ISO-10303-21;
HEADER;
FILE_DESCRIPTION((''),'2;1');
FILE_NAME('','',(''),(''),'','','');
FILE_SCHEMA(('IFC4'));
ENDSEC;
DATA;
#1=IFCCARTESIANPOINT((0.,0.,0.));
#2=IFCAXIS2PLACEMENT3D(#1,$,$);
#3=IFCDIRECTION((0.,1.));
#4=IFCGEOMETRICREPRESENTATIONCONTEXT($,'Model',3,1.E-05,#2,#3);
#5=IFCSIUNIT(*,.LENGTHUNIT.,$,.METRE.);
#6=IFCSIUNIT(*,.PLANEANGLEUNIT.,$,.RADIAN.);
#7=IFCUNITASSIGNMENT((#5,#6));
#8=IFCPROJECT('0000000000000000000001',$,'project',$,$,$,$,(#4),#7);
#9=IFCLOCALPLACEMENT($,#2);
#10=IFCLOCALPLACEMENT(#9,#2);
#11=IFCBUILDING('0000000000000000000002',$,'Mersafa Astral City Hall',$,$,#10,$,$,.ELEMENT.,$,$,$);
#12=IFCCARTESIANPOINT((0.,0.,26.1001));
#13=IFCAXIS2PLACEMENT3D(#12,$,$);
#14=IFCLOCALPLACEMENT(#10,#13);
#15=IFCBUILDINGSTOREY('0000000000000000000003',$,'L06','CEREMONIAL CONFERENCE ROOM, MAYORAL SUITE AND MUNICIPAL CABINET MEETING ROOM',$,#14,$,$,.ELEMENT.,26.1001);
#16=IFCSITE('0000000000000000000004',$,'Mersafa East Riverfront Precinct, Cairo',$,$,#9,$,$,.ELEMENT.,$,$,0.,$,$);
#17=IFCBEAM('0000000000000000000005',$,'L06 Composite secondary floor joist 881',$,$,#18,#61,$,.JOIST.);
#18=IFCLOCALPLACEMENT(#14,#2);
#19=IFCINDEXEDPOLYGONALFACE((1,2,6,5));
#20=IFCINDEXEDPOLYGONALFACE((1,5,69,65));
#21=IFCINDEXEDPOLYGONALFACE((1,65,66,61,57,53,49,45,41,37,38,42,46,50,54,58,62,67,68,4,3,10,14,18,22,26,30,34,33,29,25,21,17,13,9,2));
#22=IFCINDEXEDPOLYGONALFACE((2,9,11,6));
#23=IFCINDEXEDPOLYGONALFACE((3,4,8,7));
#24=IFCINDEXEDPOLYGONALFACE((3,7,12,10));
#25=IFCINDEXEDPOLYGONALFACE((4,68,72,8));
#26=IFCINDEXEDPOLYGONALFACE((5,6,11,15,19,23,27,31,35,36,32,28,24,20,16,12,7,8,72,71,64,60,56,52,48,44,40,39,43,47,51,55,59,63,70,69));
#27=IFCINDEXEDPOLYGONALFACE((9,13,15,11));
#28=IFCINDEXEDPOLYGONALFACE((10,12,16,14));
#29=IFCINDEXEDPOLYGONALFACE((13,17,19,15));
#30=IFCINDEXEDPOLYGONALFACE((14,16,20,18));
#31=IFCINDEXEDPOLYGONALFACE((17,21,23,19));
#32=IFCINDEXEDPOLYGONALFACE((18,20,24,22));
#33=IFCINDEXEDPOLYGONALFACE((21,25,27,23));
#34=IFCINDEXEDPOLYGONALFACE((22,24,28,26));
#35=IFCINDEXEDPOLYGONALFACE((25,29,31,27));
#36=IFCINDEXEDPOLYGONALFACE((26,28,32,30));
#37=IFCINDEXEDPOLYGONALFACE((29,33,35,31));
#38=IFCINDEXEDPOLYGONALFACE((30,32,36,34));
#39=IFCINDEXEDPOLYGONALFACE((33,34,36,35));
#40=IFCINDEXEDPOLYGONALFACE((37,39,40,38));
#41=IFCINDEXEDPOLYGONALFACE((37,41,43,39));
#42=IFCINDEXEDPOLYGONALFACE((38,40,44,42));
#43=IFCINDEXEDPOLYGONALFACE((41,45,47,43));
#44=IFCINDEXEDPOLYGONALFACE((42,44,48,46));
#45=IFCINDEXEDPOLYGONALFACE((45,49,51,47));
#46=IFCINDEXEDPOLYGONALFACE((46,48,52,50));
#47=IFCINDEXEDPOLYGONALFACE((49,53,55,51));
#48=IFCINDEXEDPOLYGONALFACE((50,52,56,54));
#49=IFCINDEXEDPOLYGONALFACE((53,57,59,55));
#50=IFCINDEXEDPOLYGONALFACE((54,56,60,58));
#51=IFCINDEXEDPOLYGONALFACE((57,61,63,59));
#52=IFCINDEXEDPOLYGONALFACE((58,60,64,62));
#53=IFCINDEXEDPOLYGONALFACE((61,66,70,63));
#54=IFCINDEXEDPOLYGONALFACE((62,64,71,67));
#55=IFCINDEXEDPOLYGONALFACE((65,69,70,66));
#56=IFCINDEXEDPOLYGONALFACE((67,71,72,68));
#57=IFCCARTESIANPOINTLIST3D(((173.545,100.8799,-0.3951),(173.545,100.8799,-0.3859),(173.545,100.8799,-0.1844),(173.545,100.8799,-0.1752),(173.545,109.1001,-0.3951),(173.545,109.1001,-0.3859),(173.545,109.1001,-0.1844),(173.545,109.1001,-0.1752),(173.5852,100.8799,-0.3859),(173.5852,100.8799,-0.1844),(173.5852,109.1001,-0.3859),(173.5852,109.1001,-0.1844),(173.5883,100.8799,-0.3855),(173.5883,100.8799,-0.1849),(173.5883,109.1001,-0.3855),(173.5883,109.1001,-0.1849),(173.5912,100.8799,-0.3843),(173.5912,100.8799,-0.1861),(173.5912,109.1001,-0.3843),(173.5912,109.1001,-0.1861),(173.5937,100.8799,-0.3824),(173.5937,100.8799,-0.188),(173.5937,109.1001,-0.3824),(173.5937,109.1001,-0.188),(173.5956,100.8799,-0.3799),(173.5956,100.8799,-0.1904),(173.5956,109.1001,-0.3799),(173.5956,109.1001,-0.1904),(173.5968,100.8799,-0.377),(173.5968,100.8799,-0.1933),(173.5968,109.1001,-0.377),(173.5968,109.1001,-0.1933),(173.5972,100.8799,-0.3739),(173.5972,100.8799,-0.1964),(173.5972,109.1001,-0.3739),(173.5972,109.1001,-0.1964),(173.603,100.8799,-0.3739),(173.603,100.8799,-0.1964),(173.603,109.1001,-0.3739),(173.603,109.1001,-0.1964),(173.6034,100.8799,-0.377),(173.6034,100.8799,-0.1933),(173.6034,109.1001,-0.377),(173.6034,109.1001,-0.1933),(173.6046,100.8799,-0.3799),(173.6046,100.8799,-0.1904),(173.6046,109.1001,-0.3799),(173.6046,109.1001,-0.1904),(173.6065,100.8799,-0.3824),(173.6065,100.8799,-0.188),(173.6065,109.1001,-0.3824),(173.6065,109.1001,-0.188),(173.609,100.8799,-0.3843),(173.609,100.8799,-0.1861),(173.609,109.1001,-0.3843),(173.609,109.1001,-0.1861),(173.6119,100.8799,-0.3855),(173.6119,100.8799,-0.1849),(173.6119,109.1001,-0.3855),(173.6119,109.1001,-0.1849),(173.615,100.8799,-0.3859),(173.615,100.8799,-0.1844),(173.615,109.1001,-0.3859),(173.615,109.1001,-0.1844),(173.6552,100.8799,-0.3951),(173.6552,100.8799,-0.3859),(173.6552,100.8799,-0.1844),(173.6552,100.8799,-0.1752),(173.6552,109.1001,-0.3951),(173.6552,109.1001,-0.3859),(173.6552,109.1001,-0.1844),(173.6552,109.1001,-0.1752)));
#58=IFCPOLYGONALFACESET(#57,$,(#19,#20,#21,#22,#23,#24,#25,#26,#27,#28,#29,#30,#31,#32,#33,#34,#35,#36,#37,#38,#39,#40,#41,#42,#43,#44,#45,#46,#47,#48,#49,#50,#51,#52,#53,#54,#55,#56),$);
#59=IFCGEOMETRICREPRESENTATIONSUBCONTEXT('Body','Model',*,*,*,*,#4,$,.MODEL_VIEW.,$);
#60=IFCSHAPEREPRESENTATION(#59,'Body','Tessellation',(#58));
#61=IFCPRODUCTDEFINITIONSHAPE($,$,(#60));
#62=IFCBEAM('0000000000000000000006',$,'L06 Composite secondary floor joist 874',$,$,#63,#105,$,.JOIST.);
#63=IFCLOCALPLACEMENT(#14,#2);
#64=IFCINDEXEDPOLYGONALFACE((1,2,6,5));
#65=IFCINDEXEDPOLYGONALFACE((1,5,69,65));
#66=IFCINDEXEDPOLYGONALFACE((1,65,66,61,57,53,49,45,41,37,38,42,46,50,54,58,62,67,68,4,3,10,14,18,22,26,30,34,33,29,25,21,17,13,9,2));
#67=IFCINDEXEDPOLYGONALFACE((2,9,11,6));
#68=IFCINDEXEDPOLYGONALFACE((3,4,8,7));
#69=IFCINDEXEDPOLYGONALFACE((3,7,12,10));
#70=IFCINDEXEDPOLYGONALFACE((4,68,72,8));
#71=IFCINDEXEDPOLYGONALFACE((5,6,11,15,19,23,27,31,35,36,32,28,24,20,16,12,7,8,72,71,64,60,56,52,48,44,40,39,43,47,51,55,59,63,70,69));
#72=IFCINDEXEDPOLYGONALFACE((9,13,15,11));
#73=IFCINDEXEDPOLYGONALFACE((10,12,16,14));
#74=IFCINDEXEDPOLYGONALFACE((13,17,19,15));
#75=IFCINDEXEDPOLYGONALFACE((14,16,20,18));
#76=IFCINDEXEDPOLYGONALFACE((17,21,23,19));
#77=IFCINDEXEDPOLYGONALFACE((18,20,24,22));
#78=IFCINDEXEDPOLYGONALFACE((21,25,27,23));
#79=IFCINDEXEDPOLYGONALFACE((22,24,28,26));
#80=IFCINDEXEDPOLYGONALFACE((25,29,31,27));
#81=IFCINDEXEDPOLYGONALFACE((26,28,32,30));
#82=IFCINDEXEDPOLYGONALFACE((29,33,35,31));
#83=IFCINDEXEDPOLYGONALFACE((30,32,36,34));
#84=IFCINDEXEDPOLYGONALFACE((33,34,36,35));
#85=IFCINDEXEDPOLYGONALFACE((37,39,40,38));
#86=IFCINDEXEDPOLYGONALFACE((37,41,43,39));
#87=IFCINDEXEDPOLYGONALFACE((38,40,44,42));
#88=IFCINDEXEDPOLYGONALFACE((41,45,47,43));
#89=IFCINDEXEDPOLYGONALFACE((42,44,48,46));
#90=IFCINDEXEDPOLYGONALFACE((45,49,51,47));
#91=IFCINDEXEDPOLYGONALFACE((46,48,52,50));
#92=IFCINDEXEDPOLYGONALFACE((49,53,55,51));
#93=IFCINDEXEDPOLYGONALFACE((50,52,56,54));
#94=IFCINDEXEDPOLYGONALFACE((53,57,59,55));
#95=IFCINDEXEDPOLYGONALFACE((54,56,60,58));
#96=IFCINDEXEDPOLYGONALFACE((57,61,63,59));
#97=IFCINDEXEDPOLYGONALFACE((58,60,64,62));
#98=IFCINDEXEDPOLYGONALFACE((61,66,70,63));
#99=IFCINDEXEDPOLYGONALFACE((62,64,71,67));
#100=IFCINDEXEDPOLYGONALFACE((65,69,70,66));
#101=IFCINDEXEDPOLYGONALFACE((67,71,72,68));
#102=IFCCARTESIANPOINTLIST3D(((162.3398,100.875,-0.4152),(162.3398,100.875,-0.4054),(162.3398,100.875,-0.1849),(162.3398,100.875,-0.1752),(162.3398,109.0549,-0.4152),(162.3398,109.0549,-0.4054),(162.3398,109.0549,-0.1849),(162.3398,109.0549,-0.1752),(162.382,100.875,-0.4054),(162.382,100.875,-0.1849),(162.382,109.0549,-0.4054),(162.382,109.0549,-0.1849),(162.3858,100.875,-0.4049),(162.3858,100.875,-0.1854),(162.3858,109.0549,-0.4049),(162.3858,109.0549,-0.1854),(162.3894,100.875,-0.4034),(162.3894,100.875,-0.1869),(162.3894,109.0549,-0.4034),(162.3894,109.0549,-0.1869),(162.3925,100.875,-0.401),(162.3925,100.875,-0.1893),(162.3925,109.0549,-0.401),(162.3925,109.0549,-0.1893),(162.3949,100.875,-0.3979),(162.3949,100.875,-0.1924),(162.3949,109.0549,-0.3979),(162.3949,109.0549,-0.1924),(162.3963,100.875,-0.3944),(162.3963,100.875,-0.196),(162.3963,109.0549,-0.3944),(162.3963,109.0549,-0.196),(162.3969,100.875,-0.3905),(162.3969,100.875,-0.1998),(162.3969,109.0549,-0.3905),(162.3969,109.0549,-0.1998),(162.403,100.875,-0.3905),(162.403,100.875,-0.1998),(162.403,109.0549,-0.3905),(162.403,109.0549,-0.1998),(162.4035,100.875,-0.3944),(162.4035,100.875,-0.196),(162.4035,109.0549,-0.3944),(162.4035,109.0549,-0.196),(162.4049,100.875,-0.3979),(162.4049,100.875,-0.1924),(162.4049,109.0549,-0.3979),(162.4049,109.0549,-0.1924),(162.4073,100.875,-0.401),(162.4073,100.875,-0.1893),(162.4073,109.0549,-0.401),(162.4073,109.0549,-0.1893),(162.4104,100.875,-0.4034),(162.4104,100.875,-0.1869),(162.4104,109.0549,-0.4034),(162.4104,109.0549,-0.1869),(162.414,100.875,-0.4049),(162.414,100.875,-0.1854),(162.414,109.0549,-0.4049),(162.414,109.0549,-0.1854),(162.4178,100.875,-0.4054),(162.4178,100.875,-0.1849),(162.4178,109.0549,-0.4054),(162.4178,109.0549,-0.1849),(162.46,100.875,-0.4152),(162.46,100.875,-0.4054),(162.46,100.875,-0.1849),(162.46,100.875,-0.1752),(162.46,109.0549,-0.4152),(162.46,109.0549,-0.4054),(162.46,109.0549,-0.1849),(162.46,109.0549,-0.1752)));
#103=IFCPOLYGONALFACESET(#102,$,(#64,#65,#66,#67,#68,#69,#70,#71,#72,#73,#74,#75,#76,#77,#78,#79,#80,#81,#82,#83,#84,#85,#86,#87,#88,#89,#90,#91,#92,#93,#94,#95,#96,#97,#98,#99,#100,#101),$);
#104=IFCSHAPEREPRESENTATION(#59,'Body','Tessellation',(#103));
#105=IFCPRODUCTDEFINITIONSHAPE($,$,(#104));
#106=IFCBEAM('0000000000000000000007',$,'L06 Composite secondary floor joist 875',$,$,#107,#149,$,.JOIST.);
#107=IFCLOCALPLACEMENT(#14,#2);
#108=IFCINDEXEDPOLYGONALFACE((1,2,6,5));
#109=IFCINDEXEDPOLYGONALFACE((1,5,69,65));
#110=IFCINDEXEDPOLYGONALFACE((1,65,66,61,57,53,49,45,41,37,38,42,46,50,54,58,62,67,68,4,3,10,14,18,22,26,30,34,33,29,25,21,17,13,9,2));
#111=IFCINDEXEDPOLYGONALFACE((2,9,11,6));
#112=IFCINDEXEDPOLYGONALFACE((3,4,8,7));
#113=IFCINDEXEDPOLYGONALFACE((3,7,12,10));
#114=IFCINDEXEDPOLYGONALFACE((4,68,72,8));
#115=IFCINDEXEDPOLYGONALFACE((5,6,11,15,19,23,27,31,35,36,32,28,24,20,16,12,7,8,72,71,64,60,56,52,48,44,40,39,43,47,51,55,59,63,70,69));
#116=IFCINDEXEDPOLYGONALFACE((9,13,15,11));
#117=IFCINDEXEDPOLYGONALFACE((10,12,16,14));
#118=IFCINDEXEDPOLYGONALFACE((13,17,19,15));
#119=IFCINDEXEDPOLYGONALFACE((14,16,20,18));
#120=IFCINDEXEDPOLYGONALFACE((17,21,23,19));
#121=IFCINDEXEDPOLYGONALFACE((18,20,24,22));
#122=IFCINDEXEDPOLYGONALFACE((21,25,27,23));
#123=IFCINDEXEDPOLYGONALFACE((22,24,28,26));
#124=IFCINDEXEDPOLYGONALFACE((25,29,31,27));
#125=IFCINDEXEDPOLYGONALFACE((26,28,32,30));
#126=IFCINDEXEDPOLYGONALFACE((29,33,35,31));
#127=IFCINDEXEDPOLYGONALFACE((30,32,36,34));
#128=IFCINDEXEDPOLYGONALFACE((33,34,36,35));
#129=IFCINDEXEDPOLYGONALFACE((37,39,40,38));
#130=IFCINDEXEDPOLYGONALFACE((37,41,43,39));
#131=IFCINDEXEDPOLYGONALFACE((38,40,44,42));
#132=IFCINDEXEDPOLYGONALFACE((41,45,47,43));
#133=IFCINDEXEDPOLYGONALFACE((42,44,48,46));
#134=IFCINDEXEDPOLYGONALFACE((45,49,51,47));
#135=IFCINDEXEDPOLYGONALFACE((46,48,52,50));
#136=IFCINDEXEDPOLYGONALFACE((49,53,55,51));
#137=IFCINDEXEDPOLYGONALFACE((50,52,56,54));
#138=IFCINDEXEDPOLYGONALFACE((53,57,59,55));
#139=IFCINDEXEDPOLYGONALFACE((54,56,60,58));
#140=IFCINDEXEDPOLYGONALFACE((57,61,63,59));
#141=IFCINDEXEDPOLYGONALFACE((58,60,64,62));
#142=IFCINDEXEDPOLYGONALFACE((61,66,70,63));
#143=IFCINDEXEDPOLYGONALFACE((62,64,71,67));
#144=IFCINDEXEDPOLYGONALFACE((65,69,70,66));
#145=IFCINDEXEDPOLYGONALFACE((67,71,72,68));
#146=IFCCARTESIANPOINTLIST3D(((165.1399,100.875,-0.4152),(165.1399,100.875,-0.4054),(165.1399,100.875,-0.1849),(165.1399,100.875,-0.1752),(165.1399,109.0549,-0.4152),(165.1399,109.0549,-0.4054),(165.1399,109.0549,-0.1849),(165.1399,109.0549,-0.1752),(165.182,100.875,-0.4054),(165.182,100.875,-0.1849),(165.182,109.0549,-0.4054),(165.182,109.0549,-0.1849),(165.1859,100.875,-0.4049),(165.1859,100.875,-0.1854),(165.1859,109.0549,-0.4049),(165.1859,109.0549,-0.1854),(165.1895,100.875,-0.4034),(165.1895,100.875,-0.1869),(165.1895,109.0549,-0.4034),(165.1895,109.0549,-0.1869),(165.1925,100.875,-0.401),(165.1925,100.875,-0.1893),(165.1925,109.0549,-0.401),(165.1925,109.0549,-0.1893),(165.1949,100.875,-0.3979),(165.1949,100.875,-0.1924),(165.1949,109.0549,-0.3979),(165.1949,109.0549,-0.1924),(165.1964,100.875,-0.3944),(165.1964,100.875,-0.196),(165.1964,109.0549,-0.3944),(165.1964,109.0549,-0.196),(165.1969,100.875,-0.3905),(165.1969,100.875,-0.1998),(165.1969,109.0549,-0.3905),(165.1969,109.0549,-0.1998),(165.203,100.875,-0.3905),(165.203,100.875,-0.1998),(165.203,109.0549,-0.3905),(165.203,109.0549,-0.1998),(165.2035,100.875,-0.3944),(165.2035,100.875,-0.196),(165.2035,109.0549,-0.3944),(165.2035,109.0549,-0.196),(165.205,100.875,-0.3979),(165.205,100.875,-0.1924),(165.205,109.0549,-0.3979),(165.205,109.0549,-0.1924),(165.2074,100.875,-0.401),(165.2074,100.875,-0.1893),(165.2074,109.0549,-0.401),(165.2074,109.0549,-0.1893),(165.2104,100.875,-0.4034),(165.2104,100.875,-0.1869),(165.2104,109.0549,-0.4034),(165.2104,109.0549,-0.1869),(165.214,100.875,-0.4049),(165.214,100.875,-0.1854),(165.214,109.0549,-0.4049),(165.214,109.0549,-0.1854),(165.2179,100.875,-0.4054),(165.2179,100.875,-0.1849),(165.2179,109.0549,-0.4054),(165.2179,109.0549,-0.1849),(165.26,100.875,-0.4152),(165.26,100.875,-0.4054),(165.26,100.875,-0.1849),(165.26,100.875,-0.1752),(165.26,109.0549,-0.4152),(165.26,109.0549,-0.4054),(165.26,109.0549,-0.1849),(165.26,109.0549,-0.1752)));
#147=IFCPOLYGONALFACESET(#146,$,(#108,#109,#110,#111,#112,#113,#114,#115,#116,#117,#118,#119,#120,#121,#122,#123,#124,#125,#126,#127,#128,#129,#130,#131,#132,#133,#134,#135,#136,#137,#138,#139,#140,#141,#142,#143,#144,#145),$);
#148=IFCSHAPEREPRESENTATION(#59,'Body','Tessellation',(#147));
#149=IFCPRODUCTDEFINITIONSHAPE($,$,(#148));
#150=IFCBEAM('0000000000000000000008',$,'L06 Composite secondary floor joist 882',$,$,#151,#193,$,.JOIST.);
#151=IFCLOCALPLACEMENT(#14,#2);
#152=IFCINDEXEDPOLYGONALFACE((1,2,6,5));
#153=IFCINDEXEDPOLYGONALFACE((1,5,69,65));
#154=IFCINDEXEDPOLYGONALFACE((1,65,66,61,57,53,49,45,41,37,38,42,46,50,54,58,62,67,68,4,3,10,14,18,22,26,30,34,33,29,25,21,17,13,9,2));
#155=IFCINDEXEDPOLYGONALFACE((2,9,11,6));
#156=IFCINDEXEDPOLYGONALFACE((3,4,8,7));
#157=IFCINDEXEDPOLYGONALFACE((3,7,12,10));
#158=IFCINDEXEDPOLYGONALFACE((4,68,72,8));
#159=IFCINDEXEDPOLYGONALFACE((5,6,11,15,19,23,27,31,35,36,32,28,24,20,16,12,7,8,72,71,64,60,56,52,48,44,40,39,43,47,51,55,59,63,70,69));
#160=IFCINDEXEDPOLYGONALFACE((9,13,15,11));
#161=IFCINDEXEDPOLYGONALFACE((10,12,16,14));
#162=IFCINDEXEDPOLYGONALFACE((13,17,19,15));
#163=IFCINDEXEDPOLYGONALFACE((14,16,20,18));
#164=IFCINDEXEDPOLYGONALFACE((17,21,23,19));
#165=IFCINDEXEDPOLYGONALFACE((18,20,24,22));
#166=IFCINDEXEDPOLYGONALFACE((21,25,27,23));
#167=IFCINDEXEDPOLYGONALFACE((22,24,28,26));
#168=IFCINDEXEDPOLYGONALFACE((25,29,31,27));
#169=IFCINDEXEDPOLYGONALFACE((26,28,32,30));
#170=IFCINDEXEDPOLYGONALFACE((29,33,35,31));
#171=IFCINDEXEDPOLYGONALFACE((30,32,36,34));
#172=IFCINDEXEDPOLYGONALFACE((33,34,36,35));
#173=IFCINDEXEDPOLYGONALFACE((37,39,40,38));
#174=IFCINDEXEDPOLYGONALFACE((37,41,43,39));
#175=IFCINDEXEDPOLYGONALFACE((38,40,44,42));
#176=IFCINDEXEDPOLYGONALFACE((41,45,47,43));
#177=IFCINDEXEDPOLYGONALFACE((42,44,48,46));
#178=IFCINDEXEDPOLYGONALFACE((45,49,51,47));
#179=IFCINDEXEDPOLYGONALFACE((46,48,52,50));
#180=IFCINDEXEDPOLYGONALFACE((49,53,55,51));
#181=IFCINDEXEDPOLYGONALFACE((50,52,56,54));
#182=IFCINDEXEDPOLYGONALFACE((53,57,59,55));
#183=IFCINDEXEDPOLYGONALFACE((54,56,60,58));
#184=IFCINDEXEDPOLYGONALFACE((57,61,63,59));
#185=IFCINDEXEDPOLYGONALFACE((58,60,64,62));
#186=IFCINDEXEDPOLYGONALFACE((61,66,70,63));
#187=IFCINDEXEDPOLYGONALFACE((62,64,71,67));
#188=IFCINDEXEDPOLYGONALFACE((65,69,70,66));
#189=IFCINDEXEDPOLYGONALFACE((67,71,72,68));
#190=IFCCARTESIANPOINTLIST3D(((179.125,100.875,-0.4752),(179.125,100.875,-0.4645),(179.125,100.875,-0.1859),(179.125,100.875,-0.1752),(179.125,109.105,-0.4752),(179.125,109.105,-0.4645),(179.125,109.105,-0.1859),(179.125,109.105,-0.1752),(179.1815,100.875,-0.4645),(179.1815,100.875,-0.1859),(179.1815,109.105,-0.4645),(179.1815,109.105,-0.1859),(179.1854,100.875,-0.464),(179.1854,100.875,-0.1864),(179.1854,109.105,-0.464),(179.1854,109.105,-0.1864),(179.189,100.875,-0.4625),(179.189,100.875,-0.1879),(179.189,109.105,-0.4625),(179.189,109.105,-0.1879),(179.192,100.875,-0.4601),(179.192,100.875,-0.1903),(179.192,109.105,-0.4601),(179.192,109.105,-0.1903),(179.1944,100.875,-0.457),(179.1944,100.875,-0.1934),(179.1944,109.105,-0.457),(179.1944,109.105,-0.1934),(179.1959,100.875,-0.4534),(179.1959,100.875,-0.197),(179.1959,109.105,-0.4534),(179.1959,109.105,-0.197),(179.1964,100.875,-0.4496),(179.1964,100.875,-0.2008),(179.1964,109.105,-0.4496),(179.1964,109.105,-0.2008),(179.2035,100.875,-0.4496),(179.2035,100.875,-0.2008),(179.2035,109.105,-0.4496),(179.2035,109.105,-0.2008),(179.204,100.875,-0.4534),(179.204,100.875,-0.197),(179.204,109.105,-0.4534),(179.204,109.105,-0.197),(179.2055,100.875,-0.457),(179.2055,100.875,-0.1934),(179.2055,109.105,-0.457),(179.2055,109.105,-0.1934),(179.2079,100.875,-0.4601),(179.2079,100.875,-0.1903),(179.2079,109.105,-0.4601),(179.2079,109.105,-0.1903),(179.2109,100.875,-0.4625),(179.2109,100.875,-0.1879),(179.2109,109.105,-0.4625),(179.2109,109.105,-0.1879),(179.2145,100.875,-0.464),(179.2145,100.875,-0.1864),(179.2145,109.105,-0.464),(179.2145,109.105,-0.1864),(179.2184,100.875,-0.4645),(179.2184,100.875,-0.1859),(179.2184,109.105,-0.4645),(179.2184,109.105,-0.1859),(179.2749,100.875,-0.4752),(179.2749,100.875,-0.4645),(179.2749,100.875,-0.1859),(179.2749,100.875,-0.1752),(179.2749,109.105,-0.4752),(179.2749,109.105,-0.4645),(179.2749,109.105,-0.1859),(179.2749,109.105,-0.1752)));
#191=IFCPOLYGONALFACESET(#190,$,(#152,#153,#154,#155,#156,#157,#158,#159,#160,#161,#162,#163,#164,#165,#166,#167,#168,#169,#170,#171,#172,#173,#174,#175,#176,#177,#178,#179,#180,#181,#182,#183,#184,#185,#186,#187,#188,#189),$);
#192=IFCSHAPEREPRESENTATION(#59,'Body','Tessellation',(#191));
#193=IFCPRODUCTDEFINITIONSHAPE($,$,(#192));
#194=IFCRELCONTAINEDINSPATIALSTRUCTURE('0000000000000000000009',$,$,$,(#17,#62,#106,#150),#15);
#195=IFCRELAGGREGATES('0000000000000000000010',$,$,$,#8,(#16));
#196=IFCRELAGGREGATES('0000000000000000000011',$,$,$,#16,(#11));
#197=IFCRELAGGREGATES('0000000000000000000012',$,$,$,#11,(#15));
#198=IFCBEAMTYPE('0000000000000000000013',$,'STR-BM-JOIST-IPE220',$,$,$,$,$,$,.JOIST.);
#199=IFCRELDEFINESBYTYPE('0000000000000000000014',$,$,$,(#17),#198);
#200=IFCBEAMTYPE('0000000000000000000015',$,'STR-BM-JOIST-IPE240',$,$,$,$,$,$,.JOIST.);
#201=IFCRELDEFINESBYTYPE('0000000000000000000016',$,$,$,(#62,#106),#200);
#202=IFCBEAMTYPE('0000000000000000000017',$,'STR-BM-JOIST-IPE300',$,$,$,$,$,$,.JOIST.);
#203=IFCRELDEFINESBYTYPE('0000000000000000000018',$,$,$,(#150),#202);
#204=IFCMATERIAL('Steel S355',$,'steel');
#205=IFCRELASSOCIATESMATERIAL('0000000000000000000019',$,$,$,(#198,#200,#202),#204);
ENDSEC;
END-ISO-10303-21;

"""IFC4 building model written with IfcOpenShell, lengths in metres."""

from ifc_helpers import new_model, si_unit, direction, frame, origin, origin_2d, place, context, subcontext, project, spatial, i_section, extrude, material, material_profile, profile_set, type_object, element, save


model = new_model("IFC4")

# Units and contexts
model_context = context("Model", 3, precision=1e-05, world=origin(), true_north=direction((0.0, 1.0)))
body_context = subcontext(model_context, "Body", "Model", "MODEL_VIEW")
ifc_project = project(units=[si_unit("LENGTHUNIT", "METRE"), si_unit("PLANEANGLEUNIT", "RADIAN")], contexts=[model_context])

# Site, building, storey
site_placement = place(None, origin())
site = spatial("IfcSite", under=ifc_project, at=site_placement, Name="Mersafa East Riverfront Precinct, Cairo", CompositionType="ELEMENT", RefElevation=0.0)
building_placement = place(site_placement, origin())
building = spatial("IfcBuilding", under=site, at=building_placement, Name="Mersafa Astral City Hall", CompositionType="ELEMENT")
storey_placement = place(building_placement, frame((0.0, 0.0, 26.1001)))
storey = spatial("IfcBuildingStorey", under=building, at=storey_placement, Name="L06", Description="CEREMONIAL CONFERENCE ROOM, MAYORAL SUITE AND MUNICIPAL CABINET MEETING ROOM", CompositionType="ELEMENT", Elevation=26.1001)

# Shared definitions
ifc_material_1 = material(Name="Steel S355", Category="steel")

# Beams
ifc_material_profile_1 = material_profile(ifc_material_1, i_section(OverallWidth=0.1101, OverallDepth=0.22, WebThickness=0.0059, FlangeThickness=0.0093, FilletRadius=0.012, at=origin_2d()), Name="IPE 220")
ifc_profile_set_1 = profile_set([ifc_material_profile_1], Name="Steel S355")
beam_type_1 = type_object("IfcBeamType", Name="STR-BM-JOIST-IPE220", PredefinedType="JOIST", material=ifc_profile_set_1)
for number, where, z_axis, x_axis, name in (
    (1, (173.6001, 100.8799, -0.2852), (0.0, 1.0, 0.0), (-1.0, 0.0, 0.0), "L06 Composite secondary floor joist 881"),
):
    element("IfcBeam", number, at=place(storey_placement, frame(where, z_axis=z_axis, x_axis=x_axis)), inside=storey, type_object=beam_type_1, Name=name, PredefinedType="JOIST", context=body_context, shape_type="SweptSolid", body=[
        extrude(i_section(OverallWidth=0.1101, OverallDepth=0.22, WebThickness=0.0059, FlangeThickness=0.0093, FilletRadius=0.012, at=origin_2d()), origin(), (0.0, 0.0, 1.0), 8.2202),
    ])
ifc_material_profile_2 = material_profile(ifc_material_1, i_section(OverallWidth=0.1201, OverallDepth=0.24, WebThickness=0.0061, FlangeThickness=0.0098, FilletRadius=0.0149, at=origin_2d()), Name="IPE 240")
ifc_profile_set_2 = profile_set([ifc_material_profile_2], Name="Steel S355")
beam_type_2 = type_object("IfcBeamType", Name="STR-BM-JOIST-IPE240", PredefinedType="JOIST", material=ifc_profile_set_2)
for number, where, z_axis, x_axis, name in (
    (2, (162.3999, 100.875, -0.2952), (0.0, 1.0, 0.0), (-1.0, 0.0, 0.0), "L06 Composite secondary floor joist 874"),
    (3, (165.2, 100.875, -0.2952), (0.0, 1.0, 0.0), (-1.0, 0.0, 0.0), "L06 Composite secondary floor joist 875"),
):
    element("IfcBeam", number, at=place(storey_placement, frame(where, z_axis=z_axis, x_axis=x_axis)), inside=storey, type_object=beam_type_2, Name=name, PredefinedType="JOIST", context=body_context, shape_type="SweptSolid", body=[
        extrude(i_section(OverallWidth=0.1201, OverallDepth=0.24, WebThickness=0.0061, FlangeThickness=0.0098, FilletRadius=0.0149, at=origin_2d()), origin(), (0.0, 0.0, 1.0), 8.1799),
    ])
ifc_material_profile_3 = material_profile(ifc_material_1, i_section(OverallWidth=0.1499, OverallDepth=0.3, WebThickness=0.0071, FlangeThickness=0.0107, FilletRadius=0.0149, at=origin_2d()), Name="IPE 300")
ifc_profile_set_3 = profile_set([ifc_material_profile_3], Name="Steel S355")
beam_type_3 = type_object("IfcBeamType", Name="STR-BM-JOIST-IPE300", PredefinedType="JOIST", material=ifc_profile_set_3)
for number, where, z_axis, x_axis, name in (
    (4, (179.2, 100.875, -0.3252), (0.0, 1.0, 0.0), (-1.0, 0.0, 0.0), "L06 Composite secondary floor joist 882"),
):
    element("IfcBeam", number, at=place(storey_placement, frame(where, z_axis=z_axis, x_axis=x_axis)), inside=storey, type_object=beam_type_3, Name=name, PredefinedType="JOIST", context=body_context, shape_type="SweptSolid", body=[
        extrude(i_section(OverallWidth=0.1499, OverallDepth=0.3, WebThickness=0.0071, FlangeThickness=0.0107, FilletRadius=0.0149, at=origin_2d()), origin(), (0.0, 0.0, 1.0), 8.23),
    ])

save(model, "model.ifc")
